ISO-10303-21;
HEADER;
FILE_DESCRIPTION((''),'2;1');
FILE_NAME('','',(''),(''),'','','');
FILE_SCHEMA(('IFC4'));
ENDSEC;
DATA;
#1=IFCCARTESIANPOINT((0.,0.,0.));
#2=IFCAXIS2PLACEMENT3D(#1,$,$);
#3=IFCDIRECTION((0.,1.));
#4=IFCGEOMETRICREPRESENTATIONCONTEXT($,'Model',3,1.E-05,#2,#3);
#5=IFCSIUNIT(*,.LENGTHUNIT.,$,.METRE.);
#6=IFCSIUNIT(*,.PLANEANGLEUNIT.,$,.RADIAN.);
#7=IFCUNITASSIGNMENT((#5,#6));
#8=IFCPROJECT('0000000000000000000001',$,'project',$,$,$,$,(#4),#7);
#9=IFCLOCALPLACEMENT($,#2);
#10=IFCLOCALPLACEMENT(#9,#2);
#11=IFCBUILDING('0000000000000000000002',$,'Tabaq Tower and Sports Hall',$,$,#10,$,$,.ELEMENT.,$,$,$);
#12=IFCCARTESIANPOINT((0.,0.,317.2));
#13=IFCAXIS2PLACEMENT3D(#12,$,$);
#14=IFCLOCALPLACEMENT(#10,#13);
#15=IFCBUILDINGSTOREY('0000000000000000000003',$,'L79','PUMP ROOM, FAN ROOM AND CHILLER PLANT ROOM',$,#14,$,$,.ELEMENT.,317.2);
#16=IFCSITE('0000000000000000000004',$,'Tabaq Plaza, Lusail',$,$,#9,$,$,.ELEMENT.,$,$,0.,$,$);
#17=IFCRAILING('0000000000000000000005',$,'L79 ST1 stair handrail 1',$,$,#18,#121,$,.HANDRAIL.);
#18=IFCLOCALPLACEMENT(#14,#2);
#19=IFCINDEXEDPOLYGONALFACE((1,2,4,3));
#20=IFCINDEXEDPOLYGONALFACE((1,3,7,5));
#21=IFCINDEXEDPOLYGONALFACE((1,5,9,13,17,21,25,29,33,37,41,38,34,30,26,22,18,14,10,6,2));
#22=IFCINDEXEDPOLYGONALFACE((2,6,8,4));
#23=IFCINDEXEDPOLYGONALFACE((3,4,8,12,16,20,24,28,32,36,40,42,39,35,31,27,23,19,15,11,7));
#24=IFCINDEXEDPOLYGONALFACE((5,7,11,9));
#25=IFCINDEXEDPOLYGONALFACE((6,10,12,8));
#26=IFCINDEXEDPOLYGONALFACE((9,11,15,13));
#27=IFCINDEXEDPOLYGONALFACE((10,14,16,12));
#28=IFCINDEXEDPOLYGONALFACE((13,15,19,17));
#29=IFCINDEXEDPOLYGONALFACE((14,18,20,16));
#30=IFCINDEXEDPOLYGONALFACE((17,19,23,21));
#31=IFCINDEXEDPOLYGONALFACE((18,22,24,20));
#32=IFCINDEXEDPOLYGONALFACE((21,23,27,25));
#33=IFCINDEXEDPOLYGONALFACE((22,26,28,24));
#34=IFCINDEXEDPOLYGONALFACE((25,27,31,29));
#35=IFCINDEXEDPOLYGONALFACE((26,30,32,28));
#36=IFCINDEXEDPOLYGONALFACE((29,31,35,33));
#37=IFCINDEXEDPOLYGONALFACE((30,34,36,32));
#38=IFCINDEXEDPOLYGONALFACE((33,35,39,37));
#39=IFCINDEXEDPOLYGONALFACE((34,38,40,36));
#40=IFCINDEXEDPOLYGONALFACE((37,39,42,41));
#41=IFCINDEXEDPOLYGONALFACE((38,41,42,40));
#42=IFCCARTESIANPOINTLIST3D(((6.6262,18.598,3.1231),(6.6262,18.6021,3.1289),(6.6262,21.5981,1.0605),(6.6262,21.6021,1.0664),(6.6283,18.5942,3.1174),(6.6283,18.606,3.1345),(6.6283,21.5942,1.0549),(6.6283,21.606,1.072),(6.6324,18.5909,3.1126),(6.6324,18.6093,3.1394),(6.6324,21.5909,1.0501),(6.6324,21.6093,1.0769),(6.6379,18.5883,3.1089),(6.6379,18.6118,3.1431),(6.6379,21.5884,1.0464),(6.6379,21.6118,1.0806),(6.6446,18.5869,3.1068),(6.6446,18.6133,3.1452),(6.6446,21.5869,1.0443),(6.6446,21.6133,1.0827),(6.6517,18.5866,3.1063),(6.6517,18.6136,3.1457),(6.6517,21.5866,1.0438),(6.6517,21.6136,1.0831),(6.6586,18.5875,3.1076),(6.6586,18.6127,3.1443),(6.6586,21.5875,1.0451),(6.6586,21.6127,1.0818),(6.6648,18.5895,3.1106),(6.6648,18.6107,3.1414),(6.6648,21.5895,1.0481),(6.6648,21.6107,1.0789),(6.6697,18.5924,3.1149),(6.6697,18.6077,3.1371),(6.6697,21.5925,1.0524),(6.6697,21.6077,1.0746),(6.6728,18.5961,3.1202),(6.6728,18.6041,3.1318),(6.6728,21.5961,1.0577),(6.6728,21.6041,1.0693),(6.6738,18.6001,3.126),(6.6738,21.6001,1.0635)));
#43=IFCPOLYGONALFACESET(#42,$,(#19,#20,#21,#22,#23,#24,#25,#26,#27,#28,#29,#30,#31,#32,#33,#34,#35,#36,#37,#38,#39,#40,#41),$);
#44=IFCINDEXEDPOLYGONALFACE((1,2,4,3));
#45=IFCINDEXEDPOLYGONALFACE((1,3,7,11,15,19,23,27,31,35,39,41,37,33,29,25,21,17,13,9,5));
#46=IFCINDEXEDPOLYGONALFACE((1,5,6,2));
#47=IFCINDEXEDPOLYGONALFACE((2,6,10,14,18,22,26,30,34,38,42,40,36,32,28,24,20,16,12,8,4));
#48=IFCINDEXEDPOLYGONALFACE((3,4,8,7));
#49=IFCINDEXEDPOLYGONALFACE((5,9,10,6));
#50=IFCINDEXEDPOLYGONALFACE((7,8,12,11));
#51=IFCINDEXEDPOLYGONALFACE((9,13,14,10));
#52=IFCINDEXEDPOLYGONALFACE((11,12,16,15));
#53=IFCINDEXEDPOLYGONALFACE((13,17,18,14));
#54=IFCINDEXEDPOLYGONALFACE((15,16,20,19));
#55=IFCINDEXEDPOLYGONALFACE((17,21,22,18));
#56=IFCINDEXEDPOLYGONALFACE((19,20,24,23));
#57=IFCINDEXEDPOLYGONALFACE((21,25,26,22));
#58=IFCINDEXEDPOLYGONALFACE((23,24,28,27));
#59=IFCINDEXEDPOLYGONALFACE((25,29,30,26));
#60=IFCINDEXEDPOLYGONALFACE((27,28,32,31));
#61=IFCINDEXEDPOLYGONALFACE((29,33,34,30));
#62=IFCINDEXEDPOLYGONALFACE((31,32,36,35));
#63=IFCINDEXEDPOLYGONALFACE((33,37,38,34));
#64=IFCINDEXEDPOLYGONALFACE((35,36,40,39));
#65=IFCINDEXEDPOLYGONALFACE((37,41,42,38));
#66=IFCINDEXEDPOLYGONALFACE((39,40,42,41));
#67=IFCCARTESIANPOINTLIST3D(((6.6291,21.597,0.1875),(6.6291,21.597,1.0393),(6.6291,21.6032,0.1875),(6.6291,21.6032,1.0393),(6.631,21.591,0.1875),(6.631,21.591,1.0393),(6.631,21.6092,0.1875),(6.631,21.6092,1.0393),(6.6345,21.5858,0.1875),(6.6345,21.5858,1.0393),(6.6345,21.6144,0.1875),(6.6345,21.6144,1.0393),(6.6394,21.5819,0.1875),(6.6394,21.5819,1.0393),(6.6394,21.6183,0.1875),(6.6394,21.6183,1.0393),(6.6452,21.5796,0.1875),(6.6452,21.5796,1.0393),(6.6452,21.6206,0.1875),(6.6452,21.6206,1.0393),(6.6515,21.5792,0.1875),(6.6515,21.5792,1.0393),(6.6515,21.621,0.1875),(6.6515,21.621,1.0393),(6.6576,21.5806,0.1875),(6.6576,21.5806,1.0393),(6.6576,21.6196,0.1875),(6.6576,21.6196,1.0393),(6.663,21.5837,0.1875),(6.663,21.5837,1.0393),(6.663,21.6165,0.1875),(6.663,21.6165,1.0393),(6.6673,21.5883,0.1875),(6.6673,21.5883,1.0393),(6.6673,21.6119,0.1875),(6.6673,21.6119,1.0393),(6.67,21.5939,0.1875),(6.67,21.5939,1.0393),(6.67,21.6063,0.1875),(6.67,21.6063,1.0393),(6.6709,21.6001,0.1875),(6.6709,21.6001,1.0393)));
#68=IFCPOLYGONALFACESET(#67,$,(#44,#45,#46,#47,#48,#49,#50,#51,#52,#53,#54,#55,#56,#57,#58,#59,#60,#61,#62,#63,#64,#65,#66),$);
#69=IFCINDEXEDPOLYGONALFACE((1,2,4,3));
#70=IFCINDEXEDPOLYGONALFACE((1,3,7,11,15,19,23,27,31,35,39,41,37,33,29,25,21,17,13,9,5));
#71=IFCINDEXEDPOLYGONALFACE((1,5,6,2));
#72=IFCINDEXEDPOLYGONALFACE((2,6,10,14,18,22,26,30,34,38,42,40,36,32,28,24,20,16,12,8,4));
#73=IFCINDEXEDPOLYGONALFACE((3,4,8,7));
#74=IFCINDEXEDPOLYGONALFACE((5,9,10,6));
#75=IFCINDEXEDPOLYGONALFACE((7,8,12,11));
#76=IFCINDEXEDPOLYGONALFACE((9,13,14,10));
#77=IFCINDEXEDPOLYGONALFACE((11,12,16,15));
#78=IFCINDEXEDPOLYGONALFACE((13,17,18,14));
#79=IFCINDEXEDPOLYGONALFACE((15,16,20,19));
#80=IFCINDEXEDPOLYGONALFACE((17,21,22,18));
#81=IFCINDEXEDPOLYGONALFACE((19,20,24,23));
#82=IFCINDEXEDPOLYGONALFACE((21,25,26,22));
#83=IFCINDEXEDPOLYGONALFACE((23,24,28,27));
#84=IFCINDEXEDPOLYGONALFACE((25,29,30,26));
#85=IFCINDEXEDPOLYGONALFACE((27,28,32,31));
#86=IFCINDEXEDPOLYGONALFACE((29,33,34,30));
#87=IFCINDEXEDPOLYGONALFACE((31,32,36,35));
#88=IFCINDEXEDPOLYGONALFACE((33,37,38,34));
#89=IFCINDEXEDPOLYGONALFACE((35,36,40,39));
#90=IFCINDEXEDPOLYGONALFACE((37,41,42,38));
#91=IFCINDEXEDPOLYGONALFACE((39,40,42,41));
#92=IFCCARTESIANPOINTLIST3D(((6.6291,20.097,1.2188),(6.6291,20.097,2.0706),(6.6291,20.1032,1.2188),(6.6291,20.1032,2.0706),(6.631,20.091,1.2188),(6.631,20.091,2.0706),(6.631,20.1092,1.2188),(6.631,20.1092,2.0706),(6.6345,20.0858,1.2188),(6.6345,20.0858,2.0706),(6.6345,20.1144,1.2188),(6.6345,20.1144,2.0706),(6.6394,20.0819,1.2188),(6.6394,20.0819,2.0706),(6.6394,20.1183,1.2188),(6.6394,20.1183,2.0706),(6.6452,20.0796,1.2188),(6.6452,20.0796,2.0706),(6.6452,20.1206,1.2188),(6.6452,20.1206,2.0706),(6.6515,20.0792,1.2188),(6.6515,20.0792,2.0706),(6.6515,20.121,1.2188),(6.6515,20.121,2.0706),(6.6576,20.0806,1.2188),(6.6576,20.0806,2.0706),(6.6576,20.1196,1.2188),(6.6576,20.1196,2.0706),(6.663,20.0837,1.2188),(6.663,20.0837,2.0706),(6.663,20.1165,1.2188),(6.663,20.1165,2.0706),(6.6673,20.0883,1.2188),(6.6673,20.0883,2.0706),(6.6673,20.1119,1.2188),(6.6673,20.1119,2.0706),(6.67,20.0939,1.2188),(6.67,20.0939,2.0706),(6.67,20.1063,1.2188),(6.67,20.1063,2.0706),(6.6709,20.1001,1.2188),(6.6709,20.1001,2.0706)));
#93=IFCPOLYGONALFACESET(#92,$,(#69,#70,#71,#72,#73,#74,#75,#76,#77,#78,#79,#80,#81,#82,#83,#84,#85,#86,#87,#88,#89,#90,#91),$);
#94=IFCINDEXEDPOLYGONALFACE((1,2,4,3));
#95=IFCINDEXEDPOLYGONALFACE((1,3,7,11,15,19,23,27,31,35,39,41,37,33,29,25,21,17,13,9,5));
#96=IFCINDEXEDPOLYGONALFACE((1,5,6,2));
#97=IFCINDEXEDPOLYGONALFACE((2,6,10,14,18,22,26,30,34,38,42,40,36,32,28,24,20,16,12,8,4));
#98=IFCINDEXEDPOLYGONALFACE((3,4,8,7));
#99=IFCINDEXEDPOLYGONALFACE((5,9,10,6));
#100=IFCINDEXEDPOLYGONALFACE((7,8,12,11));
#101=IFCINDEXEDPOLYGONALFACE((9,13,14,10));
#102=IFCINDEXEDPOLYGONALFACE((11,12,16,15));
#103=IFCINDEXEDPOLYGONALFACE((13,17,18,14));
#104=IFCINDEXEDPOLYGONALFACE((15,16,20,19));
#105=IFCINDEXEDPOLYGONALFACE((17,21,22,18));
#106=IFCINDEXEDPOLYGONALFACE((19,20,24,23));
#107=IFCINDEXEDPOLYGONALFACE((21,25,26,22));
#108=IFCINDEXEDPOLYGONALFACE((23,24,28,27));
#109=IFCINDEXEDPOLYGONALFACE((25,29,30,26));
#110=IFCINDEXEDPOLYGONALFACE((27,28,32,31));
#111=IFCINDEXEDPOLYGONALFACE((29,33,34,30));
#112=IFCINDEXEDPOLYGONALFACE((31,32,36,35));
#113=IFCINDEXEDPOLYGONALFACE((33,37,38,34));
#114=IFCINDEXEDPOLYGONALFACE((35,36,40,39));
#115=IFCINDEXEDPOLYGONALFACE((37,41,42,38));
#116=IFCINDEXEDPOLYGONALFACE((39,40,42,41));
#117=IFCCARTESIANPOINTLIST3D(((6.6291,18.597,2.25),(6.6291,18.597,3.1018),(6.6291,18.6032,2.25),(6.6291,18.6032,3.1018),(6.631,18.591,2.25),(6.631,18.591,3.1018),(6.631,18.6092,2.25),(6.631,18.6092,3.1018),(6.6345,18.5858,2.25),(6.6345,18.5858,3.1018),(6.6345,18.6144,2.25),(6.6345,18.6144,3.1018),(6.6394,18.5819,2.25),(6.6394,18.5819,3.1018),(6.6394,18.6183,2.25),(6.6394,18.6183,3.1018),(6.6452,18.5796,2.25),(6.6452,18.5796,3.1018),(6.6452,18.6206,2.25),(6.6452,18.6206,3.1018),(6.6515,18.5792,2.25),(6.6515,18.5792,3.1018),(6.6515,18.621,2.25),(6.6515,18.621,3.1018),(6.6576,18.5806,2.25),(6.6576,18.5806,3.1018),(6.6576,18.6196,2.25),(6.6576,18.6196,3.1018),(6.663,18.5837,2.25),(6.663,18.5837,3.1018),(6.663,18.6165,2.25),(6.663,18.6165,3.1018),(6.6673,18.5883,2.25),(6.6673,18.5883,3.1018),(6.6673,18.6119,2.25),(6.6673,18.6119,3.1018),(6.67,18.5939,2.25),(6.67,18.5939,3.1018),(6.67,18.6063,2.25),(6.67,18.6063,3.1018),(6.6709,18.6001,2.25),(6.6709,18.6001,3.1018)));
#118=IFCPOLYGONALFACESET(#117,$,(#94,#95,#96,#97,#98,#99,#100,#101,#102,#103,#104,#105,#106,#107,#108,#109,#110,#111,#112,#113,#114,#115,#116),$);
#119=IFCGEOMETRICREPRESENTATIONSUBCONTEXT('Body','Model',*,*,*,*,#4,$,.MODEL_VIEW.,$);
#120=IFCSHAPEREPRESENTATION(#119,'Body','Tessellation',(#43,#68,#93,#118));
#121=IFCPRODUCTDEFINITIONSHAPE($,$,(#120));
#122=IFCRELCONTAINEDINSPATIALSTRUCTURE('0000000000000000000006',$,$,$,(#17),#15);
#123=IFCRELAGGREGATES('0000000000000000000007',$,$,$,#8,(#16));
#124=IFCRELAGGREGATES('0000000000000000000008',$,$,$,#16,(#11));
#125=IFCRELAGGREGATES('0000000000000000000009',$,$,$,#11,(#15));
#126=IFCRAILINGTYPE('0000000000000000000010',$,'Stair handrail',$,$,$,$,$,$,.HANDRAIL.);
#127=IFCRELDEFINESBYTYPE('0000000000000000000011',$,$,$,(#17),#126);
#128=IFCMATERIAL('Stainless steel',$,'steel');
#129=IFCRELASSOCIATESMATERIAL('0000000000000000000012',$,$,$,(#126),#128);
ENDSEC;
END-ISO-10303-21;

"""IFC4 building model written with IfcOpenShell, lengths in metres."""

from ifc_helpers import new_model, si_unit, direction, frame, origin, origin_2d, place, context, subcontext, project, spatial, circle, extrude, material, type_object, element, save


model = new_model("IFC4")

# Units and contexts
model_context = context("Model", 3, precision=1e-05, world=origin(), true_north=direction((0.0, 1.0)))
body_context = subcontext(model_context, "Body", "Model", "MODEL_VIEW")
ifc_project = project(units=[si_unit("LENGTHUNIT", "METRE"), si_unit("PLANEANGLEUNIT", "RADIAN")], contexts=[model_context])

# Site, building, storey
site_placement = place(None, origin())
site = spatial("IfcSite", under=ifc_project, at=site_placement, Name="Tabaq Plaza, Lusail", CompositionType="ELEMENT", RefElevation=0.0)
building_placement = place(site_placement, origin())
building = spatial("IfcBuilding", under=site, at=building_placement, Name="Tabaq Tower and Sports Hall", CompositionType="ELEMENT")
storey_placement = place(building_placement, frame((0.0, 0.0, 317.2)))
storey = spatial("IfcBuildingStorey", under=building, at=storey_placement, Name="L79", Description="PUMP ROOM, FAN ROOM AND CHILLER PLANT ROOM", CompositionType="ELEMENT", Elevation=317.2)

# Railing
ifc_material_1 = material(Name="Stainless steel", Category="steel")
railing_type_1 = type_object("IfcRailingType", Name="Stair handrail", PredefinedType="HANDRAIL", material=ifc_material_1)
railing_1_placement = place(storey_placement, frame((6.6499, 21.6001, 0.1875)))
element("IfcRailing", 1, at=railing_1_placement, inside=storey, type_object=railing_type_1, Name="L79 ST1 stair handrail 1", PredefinedType="HANDRAIL", context=body_context, shape_type="SweptSolid", body=[
    extrude(circle(Radius=0.0239, at=origin_2d()), frame((0.0, 0.0, 0.876), z_axis=(0.0, -0.824042, 0.566529), x_axis=(1.0, 0.0, 0.0)), (0.0, 0.0, 1.0), 3.6406),
    extrude(circle(Radius=0.021, at=origin_2d()), origin(), (0.0, 0.0, 1.0), 0.8518),
    extrude(circle(Radius=0.021, at=origin_2d()), frame((0.0, -1.5, 1.0312)), (0.0, 0.0, 1.0), 0.8518),
    extrude(circle(Radius=0.021, at=origin_2d()), frame((0.0, -3.0, 2.0625)), (0.0, 0.0, 1.0), 0.8518),
])

save(model, "model.ifc")
